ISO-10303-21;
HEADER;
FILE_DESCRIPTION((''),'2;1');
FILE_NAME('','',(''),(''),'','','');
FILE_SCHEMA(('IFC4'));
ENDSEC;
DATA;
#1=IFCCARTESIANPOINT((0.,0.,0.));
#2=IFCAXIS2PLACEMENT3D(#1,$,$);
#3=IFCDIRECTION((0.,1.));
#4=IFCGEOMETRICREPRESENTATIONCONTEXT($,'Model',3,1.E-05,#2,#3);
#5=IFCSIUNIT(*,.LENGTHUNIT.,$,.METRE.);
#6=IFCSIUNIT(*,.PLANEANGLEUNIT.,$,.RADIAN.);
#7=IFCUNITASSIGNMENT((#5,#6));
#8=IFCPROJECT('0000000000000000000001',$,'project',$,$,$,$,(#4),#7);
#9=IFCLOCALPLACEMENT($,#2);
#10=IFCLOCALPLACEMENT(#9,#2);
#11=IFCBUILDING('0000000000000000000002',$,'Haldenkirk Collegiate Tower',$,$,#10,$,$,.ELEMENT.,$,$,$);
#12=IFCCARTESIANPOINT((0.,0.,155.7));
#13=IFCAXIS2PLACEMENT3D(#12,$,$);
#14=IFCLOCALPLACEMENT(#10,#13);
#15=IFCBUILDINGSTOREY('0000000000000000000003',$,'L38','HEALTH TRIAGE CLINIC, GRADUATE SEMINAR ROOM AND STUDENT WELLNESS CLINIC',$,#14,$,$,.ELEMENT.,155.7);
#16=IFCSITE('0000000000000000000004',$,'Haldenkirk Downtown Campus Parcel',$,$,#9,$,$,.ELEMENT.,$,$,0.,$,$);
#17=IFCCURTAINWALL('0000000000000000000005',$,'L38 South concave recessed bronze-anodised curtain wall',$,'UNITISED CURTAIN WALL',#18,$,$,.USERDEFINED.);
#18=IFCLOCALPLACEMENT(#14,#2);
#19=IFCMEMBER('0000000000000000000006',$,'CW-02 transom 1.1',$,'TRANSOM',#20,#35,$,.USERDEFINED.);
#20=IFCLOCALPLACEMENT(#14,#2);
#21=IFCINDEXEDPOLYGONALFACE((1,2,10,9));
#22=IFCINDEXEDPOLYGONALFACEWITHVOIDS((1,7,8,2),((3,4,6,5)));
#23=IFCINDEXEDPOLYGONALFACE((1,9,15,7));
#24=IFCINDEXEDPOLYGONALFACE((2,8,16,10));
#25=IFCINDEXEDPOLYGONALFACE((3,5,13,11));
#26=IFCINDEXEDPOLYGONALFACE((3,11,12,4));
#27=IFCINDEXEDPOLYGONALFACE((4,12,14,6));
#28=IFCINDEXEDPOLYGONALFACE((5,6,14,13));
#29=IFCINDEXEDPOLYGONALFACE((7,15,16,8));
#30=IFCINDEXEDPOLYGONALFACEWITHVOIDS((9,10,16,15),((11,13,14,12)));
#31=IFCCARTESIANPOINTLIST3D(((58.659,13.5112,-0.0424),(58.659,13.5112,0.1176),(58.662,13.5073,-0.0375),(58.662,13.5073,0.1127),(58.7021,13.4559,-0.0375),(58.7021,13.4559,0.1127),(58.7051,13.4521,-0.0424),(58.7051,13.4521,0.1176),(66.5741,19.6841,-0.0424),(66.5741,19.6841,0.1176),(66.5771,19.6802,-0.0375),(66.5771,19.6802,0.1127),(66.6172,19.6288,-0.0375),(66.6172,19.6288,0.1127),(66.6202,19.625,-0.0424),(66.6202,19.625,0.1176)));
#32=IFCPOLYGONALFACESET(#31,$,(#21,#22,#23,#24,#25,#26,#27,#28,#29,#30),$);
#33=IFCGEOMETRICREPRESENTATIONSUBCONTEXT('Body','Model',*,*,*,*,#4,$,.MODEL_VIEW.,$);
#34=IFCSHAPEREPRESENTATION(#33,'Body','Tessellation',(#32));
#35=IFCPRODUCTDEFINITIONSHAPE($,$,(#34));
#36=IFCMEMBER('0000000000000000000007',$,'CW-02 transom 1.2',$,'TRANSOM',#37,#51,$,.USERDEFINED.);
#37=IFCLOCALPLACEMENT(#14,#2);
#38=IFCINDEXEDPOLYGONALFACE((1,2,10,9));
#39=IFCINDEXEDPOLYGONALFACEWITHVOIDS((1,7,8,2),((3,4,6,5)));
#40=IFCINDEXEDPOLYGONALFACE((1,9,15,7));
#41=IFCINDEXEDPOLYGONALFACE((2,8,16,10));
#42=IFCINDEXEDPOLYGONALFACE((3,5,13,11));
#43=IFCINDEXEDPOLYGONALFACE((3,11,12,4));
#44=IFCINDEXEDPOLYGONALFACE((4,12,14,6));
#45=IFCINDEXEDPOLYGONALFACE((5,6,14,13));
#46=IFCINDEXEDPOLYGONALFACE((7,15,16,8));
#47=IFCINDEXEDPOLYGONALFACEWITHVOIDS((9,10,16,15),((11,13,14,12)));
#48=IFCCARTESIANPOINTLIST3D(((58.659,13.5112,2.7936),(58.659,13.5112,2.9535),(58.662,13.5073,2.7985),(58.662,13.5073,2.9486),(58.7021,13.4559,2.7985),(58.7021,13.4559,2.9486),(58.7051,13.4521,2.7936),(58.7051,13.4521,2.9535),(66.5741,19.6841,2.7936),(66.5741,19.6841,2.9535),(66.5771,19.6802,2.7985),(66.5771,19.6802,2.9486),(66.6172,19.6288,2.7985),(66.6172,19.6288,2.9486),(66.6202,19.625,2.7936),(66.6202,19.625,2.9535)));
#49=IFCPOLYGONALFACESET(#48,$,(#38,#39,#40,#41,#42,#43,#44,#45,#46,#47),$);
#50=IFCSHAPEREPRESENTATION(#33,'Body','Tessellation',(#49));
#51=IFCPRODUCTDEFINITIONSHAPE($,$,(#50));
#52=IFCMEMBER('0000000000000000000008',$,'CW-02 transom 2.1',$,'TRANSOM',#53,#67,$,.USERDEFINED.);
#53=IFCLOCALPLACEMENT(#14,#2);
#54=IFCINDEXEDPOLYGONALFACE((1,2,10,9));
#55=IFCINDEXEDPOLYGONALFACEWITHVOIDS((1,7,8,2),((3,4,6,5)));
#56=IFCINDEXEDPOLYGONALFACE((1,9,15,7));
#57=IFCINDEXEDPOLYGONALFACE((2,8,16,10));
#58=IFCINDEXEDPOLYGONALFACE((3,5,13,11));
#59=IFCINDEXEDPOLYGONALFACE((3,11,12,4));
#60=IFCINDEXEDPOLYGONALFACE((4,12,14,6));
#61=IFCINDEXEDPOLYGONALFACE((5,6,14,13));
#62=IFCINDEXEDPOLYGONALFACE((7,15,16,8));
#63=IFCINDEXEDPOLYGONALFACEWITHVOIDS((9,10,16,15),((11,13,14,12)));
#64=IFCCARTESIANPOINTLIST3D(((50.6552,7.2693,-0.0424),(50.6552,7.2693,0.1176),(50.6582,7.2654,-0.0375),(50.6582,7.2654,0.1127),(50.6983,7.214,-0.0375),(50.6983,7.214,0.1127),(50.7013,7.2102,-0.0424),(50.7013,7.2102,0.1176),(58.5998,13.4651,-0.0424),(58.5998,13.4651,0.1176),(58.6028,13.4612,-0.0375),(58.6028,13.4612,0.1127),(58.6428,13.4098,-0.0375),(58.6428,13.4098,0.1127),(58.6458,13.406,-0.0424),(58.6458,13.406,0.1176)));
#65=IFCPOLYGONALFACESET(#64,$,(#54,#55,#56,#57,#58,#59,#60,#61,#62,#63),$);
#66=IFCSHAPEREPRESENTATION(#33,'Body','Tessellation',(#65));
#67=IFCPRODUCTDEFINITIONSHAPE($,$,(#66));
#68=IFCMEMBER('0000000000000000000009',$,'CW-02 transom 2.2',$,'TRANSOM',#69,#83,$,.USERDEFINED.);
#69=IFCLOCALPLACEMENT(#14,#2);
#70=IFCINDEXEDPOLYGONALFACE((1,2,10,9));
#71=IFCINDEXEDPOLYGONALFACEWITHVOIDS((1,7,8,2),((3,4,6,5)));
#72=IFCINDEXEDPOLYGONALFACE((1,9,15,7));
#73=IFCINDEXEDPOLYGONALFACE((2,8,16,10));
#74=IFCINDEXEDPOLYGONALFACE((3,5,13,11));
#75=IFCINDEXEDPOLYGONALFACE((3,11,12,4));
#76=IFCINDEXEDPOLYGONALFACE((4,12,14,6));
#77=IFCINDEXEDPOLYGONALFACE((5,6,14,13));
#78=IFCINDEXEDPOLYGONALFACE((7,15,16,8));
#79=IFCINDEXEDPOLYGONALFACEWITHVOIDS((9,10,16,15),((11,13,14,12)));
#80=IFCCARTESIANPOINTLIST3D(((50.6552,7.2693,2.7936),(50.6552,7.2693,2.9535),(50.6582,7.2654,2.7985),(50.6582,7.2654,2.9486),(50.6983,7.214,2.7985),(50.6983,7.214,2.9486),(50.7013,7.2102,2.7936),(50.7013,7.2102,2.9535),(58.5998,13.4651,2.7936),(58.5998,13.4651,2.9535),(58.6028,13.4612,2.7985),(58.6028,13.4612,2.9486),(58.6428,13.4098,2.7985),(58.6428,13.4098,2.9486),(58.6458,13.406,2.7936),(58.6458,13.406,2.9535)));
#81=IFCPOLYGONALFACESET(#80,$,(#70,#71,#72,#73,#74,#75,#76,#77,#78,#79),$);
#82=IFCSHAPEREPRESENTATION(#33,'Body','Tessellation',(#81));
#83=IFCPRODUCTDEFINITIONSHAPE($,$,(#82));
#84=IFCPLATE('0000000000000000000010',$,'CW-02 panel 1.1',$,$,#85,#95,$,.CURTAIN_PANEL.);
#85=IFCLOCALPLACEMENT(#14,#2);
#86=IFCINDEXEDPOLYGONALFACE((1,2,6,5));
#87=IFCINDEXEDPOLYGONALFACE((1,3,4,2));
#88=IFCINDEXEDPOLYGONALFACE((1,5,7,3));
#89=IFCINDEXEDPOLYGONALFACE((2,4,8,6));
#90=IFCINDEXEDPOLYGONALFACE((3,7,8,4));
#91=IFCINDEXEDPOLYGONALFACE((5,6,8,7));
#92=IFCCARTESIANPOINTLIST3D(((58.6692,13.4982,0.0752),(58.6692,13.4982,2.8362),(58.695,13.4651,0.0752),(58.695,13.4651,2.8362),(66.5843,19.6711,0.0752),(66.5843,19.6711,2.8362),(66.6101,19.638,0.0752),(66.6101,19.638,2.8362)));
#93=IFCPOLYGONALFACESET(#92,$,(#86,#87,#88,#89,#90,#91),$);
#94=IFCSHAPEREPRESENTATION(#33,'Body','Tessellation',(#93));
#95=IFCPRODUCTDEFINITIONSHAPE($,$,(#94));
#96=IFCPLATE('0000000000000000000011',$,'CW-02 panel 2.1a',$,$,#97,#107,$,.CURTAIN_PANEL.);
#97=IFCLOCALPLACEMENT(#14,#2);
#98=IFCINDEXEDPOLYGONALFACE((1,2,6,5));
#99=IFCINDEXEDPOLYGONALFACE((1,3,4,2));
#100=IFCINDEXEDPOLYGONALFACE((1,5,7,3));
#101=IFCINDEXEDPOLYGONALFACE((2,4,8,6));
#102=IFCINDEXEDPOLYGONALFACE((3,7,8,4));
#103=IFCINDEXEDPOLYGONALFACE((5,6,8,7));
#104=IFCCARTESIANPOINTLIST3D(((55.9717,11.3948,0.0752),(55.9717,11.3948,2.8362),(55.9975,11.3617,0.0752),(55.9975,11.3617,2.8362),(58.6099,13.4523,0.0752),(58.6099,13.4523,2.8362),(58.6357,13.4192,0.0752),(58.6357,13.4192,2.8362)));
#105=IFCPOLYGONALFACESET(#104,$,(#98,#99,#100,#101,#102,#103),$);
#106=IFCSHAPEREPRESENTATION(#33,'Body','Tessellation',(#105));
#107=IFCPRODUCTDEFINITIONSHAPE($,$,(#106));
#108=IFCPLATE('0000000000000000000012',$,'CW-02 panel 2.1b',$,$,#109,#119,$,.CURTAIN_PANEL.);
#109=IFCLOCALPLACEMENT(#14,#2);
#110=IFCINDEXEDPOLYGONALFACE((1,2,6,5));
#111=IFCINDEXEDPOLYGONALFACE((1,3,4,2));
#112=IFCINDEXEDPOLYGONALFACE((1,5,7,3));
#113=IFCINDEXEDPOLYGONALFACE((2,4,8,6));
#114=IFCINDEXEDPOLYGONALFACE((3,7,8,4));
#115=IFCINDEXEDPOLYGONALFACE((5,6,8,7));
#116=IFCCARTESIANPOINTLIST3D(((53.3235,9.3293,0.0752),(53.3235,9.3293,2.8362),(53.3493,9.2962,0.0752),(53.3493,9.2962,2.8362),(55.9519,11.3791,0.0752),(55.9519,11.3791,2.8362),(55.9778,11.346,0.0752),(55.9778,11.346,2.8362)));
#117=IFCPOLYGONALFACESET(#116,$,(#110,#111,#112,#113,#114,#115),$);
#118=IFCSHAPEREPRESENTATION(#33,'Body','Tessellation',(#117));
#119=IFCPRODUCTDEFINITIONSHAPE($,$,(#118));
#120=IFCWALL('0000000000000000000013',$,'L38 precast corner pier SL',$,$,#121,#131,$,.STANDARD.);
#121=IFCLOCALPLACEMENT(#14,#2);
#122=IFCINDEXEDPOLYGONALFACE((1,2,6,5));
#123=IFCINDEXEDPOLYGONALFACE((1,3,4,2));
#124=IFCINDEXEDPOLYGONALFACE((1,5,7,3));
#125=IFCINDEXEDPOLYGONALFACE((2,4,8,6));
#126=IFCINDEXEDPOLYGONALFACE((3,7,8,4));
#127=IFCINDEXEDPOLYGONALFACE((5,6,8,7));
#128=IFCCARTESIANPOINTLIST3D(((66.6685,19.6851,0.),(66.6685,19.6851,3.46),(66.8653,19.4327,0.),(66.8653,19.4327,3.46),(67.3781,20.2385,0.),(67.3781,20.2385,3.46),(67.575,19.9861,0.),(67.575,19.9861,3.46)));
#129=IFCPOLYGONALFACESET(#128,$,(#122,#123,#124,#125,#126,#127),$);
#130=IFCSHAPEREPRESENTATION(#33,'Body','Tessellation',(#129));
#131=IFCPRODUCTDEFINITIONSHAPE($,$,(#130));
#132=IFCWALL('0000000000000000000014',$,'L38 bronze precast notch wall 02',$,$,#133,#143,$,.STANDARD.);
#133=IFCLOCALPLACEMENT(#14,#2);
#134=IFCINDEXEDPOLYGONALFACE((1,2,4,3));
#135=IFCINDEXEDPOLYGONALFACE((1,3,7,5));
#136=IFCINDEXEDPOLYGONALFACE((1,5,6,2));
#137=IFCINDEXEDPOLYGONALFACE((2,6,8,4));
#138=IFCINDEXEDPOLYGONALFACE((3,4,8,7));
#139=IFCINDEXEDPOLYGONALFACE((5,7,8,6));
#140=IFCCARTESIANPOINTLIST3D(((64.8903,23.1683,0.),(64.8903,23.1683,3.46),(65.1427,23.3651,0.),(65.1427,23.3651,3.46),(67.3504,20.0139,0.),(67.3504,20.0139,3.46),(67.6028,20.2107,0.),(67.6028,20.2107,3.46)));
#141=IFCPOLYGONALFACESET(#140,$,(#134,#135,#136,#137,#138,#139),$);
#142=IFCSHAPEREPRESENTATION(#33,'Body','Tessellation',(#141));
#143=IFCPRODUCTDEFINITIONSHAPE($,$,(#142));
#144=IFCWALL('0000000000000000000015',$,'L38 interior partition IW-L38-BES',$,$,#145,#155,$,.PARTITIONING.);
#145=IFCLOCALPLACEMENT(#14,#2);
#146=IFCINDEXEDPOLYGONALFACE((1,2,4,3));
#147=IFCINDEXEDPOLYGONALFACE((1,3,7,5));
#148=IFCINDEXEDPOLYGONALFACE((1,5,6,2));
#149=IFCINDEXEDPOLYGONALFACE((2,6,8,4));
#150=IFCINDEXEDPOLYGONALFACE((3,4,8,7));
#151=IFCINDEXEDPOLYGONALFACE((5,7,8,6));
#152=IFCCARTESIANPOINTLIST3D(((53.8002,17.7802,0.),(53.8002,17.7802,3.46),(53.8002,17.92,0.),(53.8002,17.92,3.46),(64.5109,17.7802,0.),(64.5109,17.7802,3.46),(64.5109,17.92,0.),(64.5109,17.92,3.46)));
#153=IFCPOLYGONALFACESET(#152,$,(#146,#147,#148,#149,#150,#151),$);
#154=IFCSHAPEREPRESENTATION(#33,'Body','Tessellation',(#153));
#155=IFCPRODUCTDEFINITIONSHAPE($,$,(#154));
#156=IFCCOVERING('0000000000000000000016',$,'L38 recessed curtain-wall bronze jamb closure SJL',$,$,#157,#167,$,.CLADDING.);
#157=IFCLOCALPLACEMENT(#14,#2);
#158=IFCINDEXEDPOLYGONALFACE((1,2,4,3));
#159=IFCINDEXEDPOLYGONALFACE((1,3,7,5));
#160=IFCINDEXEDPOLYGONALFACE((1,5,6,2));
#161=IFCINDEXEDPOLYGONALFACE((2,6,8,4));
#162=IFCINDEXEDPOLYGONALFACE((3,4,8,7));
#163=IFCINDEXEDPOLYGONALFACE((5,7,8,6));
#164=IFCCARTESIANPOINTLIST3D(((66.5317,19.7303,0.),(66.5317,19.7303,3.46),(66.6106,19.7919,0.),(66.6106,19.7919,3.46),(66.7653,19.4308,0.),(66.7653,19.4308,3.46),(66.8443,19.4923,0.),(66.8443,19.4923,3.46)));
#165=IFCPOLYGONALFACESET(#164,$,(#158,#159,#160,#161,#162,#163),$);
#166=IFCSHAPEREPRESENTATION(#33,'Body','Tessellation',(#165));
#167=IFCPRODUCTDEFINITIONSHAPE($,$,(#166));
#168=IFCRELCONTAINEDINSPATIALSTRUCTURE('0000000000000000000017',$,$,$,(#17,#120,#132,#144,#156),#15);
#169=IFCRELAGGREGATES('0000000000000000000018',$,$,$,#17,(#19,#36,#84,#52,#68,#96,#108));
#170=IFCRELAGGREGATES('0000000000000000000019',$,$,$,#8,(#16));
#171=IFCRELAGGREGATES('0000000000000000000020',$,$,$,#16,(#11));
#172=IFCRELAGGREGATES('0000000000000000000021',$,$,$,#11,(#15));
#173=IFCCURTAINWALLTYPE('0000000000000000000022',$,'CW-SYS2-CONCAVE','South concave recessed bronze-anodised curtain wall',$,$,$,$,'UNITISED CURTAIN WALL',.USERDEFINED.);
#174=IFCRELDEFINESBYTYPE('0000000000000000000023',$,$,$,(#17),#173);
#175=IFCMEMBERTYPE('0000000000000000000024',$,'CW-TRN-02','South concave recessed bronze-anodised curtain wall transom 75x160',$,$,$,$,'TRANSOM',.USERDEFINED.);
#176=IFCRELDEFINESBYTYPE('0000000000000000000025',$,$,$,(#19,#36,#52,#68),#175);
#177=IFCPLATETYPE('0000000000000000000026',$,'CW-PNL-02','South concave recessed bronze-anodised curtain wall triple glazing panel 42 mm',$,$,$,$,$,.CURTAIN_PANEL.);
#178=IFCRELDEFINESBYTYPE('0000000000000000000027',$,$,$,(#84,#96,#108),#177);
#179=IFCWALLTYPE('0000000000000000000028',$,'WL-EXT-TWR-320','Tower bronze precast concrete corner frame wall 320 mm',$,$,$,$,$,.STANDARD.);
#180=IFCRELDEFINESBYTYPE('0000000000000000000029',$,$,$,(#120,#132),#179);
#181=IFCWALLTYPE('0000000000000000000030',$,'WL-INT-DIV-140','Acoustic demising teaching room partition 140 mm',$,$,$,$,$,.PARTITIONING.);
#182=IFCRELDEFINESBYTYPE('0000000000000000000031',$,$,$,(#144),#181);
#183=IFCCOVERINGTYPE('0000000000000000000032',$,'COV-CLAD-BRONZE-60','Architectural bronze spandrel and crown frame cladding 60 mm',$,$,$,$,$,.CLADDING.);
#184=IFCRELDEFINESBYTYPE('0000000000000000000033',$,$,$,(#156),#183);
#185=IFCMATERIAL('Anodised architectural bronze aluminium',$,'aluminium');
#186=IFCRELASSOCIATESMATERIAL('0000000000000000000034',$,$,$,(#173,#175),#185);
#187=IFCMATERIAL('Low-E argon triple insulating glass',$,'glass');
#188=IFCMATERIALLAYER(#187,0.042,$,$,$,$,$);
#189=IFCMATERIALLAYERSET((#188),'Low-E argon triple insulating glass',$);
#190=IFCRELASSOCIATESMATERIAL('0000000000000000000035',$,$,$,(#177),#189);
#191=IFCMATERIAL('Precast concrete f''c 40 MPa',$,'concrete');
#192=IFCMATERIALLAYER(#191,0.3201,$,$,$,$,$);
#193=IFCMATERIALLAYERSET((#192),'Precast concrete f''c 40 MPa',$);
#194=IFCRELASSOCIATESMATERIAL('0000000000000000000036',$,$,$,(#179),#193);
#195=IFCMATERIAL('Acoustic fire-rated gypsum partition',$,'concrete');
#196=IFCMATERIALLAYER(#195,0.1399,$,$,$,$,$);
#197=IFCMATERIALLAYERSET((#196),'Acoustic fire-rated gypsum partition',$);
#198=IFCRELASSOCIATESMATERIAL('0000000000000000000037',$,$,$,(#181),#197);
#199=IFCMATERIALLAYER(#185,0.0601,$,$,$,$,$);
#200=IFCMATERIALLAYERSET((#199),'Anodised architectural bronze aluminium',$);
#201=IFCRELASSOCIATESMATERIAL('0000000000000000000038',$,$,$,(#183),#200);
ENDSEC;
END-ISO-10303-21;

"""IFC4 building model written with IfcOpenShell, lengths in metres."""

from ifc_helpers import new_model, si_unit, direction, frame, frame_2d, origin, origin_2d, place, context, subcontext, project, spatial, rectangle, hollow_rectangle, extrude, source, transform, mapped, material, layer, layer_set, material_profile, profile_set, type_object, element, aggregate, save


model = new_model("IFC4")

# Units and contexts
model_context = context("Model", 3, precision=1e-05, world=origin(), true_north=direction((0.0, 1.0)))
body_context = subcontext(model_context, "Body", "Model", "MODEL_VIEW")
ifc_project = project(units=[si_unit("LENGTHUNIT", "METRE"), si_unit("PLANEANGLEUNIT", "RADIAN")], contexts=[model_context])

# Site, building, storey
site_placement = place(None, origin())
site = spatial("IfcSite", under=ifc_project, at=site_placement, Name="Haldenkirk Downtown Campus Parcel", CompositionType="ELEMENT", RefElevation=0.0)
building_placement = place(site_placement, origin())
building = spatial("IfcBuilding", under=site, at=building_placement, Name="Haldenkirk Collegiate Tower", CompositionType="ELEMENT")
storey_placement = place(building_placement, frame((0.0, 0.0, 155.7)))
storey = spatial("IfcBuildingStorey", under=building, at=storey_placement, Name="L38", Description="HEALTH TRIAGE CLINIC, GRADUATE SEMINAR ROOM AND STUDENT WELLNESS CLINIC", CompositionType="ELEMENT", Elevation=155.7)

# Curtain wall, members, plates
ifc_material_1 = material(Name="Anodised architectural bronze aluminium", Category="aluminium")
curtain_wall_type = type_object("IfcCurtainWallType", Name="CW-SYS2-CONCAVE", Description="South concave recessed bronze-anodised curtain wall", ElementType="UNITISED CURTAIN WALL", PredefinedType="USERDEFINED", material=ifc_material_1)
curtain_wall_placement = place(storey_placement, origin())
curtain_wall = element("IfcCurtainWall", 1, at=curtain_wall_placement, inside=storey, type_object=curtain_wall_type, Name="L38 South concave recessed bronze-anodised curtain wall", ObjectType="UNITISED CURTAIN WALL", PredefinedType="USERDEFINED")
ifc_material_profile_1 = material_profile(ifc_material_1, hollow_rectangle(XDim=0.075, YDim=0.1599, WallThickness=0.0049, at=origin_2d()), Name="CW-TRN-02")
ifc_profile_set_1 = profile_set([ifc_material_profile_1], Name="Anodised architectural bronze aluminium")
member_type_1 = type_object("IfcMemberType", Name="CW-TRN-02", Description="South concave recessed bronze-anodised curtain wall transom 75x160", ElementType="TRANSOM", PredefinedType="USERDEFINED", material=ifc_profile_set_1)
member_1_placement = place(storey_placement, frame((66.5972, 19.6545, 0.0376), z_axis=(-0.788545, -0.614977, 0.0), x_axis=(0.614977, -0.788545, 0.0)))
member_1 = element("IfcMember", 2, at=member_1_placement, type_object=member_type_1, Name="CW-02 transom 1.1", ObjectType="TRANSOM", PredefinedType="USERDEFINED", context=body_context, shape_type="SweptSolid", body=[
    extrude(hollow_rectangle(XDim=0.075, YDim=0.1599, WallThickness=0.0049, at=origin_2d()), origin(), (0.0, 0.0, 1.0), 10.0376),
])
member_2_placement = place(storey_placement, frame((66.5972, 19.6545, 2.8735), z_axis=(-0.788545, -0.614977, 0.0), x_axis=(0.614977, -0.788545, 0.0)))
member_2 = element("IfcMember", 3, at=member_2_placement, type_object=member_type_1, Name="CW-02 transom 1.2", ObjectType="TRANSOM", PredefinedType="USERDEFINED", context=body_context, shape_type="SweptSolid", body=[
    extrude(hollow_rectangle(XDim=0.075, YDim=0.1599, WallThickness=0.0049, at=origin_2d()), origin(), (0.0, 0.0, 1.0), 10.0376),
])
member_3_placement = place(storey_placement, frame((58.6228, 13.4355, 0.0376), z_axis=(-0.788549, -0.614972, 0.0), x_axis=(0.614972, -0.788549, 0.0)))
member_3 = element("IfcMember", 4, at=member_3_placement, type_object=member_type_1, Name="CW-02 transom 2.1", ObjectType="TRANSOM", PredefinedType="USERDEFINED", context=body_context, shape_type="SweptSolid", body=[
    extrude(hollow_rectangle(XDim=0.075, YDim=0.1599, WallThickness=0.0049, at=origin_2d()), origin(), (0.0, 0.0, 1.0), 10.075),
])
member_4_placement = place(storey_placement, frame((58.6228, 13.4355, 2.8735), z_axis=(-0.788549, -0.614972, 0.0), x_axis=(0.614972, -0.788549, 0.0)))
member_4 = element("IfcMember", 5, at=member_4_placement, type_object=member_type_1, Name="CW-02 transom 2.2", ObjectType="TRANSOM", PredefinedType="USERDEFINED", context=body_context, shape_type="SweptSolid", body=[
    extrude(hollow_rectangle(XDim=0.075, YDim=0.1599, WallThickness=0.0049, at=origin_2d()), origin(), (0.0, 0.0, 1.0), 10.075),
])
ifc_material_2 = material(Name="Low-E argon triple insulating glass", Category="glass")
ifc_layer_1 = layer(ifc_material_2, 0.042)
ifc_layer_set_1 = layer_set([ifc_layer_1], Name="Low-E argon triple insulating glass")
plate_type = type_object("IfcPlateType", Name="CW-PNL-02", Description="South concave recessed bronze-anodised curtain wall triple glazing panel 42 mm", PredefinedType="CURTAIN_PANEL", material=ifc_layer_set_1)
shared_shape_1 = source(origin(), body_context, "Body", "SweptSolid", [
    extrude(rectangle(XDim=10.0376, YDim=0.042, at=origin_2d()), origin(), (0.0, 0.0, 1.0), 2.761),
])
plate_1_placement = place(storey_placement, frame((62.6396, 16.5681, 0.0752), z_axis=(0.0, 0.0, 1.0), x_axis=(-0.788548, -0.614974, 0.0)))
plate_1 = element("IfcPlate", 6, at=plate_1_placement, type_object=plate_type, Name="CW-02 panel 1.1", PredefinedType="CURTAIN_PANEL", context=body_context, shape_type="MappedRepresentation", body=[
    mapped(shared_shape_1, transform((0.0, 0.0, 0.0), x_axis=(1.0, 0.0, 0.0), y_axis=(0.0, 1.0, 0.0), z_axis=(0.0, 0.0, 1.0), scale=1.0)),
])
shared_shape_2 = source(origin(), body_context, "Body", "SweptSolid", [
    extrude(rectangle(XDim=3.3457, YDim=0.042, at=origin_2d()), origin(), (0.0, 0.0, 1.0), 2.761),
])
plate_2_placement = place(storey_placement, frame((57.3037, 12.407, 0.0752), z_axis=(0.0, 0.0, 1.0), x_axis=(-0.788548, -0.614974, 0.0)))
plate_2 = element("IfcPlate", 7, at=plate_2_placement, type_object=plate_type, Name="CW-02 panel 2.1a", PredefinedType="CURTAIN_PANEL", context=body_context, shape_type="MappedRepresentation", body=[
    mapped(shared_shape_2, transform((0.0, 0.0, 0.0), x_axis=(1.0, 0.0, 0.0), y_axis=(0.0, 1.0, 0.0), z_axis=(0.0, 0.0, 1.0), scale=1.0)),
])
shared_shape_3 = source(origin(), body_context, "Body", "SweptSolid", [
    extrude(rectangle(XDim=3.3333, YDim=0.042, at=origin_2d()), origin(), (0.0, 0.0, 1.0), 2.761),
])
plate_3_placement = place(storey_placement, frame((54.6506, 10.3376, 0.0752), z_axis=(0.0, 0.0, 1.0), x_axis=(-0.788548, -0.614974, 0.0)))
plate_3 = element("IfcPlate", 8, at=plate_3_placement, type_object=plate_type, Name="CW-02 panel 2.1b", PredefinedType="CURTAIN_PANEL", context=body_context, shape_type="MappedRepresentation", body=[
    mapped(shared_shape_3, transform((0.0, 0.0, 0.0), x_axis=(1.0, 0.0, 0.0), y_axis=(0.0, 1.0, 0.0), z_axis=(0.0, 0.0, 1.0), scale=1.0)),
])
aggregate(curtain_wall, [member_1, member_2, plate_1, member_3, member_4, plate_2, plate_3])

# Walls
ifc_material_3 = material(Name="Precast concrete f'c 40 MPa", Category="concrete")
ifc_layer_2 = layer(ifc_material_3, 0.3201)
ifc_layer_set_2 = layer_set([ifc_layer_2], Name="Precast concrete f'c 40 MPa")
wall_type_1 = type_object("IfcWallType", Name="WL-EXT-TWR-320", Description="Tower bronze precast concrete corner frame wall 320 mm", PredefinedType="STANDARD", material=ifc_layer_set_2)
wall_1_placement = place(storey_placement, frame((67.4766, 20.1123, 0.0), z_axis=(0.0, 0.0, 1.0), x_axis=(-0.788563, -0.614954, 0.0)))
element("IfcWall", 9, at=wall_1_placement, inside=storey, type_object=wall_type_1, Name="L38 precast corner pier SL", PredefinedType="STANDARD", context=body_context, shape_type="SweptSolid", body=[
    extrude(rectangle(XDim=0.8999, YDim=0.3201, at=frame_2d((0.45, 0.0))), origin(), (0.0, 0.0, 1.0), 3.46),
])
wall_2_placement = place(storey_placement, frame((65.0166, 23.2666, 0.0), z_axis=(0.0, 0.0, 1.0), x_axis=(0.614971, -0.78855, 0.0)))
element("IfcWall", 10, at=wall_2_placement, inside=storey, type_object=wall_type_1, Name="L38 bronze precast notch wall 02", PredefinedType="STANDARD", context=body_context, shape_type="SweptSolid", body=[
    extrude(rectangle(XDim=4.0002, YDim=0.3201, at=frame_2d((2.0, 0.0))), origin(), (0.0, 0.0, 1.0), 3.46),
])
ifc_material_4 = material(Name="Acoustic fire-rated gypsum partition", Category="concrete")
ifc_layer_3 = layer(ifc_material_4, 0.1399)
ifc_layer_set_3 = layer_set([ifc_layer_3], Name="Acoustic fire-rated gypsum partition")
wall_type_2 = type_object("IfcWallType", Name="WL-INT-DIV-140", Description="Acoustic demising teaching room partition 140 mm", PredefinedType="PARTITIONING", material=ifc_layer_set_3)
wall_3_placement = place(storey_placement, frame((53.8, 17.8501, 0.0), z_axis=(0.0, 0.0, 1.0), x_axis=(1.0, 0.0, 0.0)))
element("IfcWall", 11, at=wall_3_placement, inside=storey, type_object=wall_type_2, Name="L38 interior partition IW-L38-BES", PredefinedType="PARTITIONING", context=body_context, shape_type="SweptSolid", body=[
    extrude(rectangle(XDim=10.7107, YDim=0.1399, at=frame_2d((5.3555, 0.0))), origin(), (0.0, 0.0, 1.0), 3.46),
])

# Covering
ifc_layer_4 = layer(ifc_material_1, 0.0601)
ifc_layer_set_4 = layer_set([ifc_layer_4], Name="Anodised architectural bronze aluminium")
covering_type = type_object("IfcCoveringType", Name="COV-CLAD-BRONZE-60", Description="Architectural bronze spandrel and crown frame cladding 60 mm", PredefinedType="CLADDING", material=ifc_layer_set_4)
shared_shape_4 = source(origin(), body_context, "Body", "SweptSolid", [
    extrude(rectangle(XDim=0.1001, YDim=0.3799, at=origin_2d()), origin(), (0.0, 0.0, 1.0), 3.46),
])
covering_placement = place(storey_placement, frame((66.688, 19.6113, 0.0), z_axis=(0.0, 0.0, 1.0), x_axis=(-0.788548, -0.614974, 0.0)))
element("IfcCovering", 12, at=covering_placement, inside=storey, type_object=covering_type, Name="L38 recessed curtain-wall bronze jamb closure SJL", PredefinedType="CLADDING", context=body_context, shape_type="MappedRepresentation", body=[
    mapped(shared_shape_4, transform((0.0, 0.0, 0.0), x_axis=(1.0, 0.0, 0.0), y_axis=(0.0, 1.0, 0.0), z_axis=(0.0, 0.0, 1.0), scale=1.0)),
])

save(model, "model.ifc")
